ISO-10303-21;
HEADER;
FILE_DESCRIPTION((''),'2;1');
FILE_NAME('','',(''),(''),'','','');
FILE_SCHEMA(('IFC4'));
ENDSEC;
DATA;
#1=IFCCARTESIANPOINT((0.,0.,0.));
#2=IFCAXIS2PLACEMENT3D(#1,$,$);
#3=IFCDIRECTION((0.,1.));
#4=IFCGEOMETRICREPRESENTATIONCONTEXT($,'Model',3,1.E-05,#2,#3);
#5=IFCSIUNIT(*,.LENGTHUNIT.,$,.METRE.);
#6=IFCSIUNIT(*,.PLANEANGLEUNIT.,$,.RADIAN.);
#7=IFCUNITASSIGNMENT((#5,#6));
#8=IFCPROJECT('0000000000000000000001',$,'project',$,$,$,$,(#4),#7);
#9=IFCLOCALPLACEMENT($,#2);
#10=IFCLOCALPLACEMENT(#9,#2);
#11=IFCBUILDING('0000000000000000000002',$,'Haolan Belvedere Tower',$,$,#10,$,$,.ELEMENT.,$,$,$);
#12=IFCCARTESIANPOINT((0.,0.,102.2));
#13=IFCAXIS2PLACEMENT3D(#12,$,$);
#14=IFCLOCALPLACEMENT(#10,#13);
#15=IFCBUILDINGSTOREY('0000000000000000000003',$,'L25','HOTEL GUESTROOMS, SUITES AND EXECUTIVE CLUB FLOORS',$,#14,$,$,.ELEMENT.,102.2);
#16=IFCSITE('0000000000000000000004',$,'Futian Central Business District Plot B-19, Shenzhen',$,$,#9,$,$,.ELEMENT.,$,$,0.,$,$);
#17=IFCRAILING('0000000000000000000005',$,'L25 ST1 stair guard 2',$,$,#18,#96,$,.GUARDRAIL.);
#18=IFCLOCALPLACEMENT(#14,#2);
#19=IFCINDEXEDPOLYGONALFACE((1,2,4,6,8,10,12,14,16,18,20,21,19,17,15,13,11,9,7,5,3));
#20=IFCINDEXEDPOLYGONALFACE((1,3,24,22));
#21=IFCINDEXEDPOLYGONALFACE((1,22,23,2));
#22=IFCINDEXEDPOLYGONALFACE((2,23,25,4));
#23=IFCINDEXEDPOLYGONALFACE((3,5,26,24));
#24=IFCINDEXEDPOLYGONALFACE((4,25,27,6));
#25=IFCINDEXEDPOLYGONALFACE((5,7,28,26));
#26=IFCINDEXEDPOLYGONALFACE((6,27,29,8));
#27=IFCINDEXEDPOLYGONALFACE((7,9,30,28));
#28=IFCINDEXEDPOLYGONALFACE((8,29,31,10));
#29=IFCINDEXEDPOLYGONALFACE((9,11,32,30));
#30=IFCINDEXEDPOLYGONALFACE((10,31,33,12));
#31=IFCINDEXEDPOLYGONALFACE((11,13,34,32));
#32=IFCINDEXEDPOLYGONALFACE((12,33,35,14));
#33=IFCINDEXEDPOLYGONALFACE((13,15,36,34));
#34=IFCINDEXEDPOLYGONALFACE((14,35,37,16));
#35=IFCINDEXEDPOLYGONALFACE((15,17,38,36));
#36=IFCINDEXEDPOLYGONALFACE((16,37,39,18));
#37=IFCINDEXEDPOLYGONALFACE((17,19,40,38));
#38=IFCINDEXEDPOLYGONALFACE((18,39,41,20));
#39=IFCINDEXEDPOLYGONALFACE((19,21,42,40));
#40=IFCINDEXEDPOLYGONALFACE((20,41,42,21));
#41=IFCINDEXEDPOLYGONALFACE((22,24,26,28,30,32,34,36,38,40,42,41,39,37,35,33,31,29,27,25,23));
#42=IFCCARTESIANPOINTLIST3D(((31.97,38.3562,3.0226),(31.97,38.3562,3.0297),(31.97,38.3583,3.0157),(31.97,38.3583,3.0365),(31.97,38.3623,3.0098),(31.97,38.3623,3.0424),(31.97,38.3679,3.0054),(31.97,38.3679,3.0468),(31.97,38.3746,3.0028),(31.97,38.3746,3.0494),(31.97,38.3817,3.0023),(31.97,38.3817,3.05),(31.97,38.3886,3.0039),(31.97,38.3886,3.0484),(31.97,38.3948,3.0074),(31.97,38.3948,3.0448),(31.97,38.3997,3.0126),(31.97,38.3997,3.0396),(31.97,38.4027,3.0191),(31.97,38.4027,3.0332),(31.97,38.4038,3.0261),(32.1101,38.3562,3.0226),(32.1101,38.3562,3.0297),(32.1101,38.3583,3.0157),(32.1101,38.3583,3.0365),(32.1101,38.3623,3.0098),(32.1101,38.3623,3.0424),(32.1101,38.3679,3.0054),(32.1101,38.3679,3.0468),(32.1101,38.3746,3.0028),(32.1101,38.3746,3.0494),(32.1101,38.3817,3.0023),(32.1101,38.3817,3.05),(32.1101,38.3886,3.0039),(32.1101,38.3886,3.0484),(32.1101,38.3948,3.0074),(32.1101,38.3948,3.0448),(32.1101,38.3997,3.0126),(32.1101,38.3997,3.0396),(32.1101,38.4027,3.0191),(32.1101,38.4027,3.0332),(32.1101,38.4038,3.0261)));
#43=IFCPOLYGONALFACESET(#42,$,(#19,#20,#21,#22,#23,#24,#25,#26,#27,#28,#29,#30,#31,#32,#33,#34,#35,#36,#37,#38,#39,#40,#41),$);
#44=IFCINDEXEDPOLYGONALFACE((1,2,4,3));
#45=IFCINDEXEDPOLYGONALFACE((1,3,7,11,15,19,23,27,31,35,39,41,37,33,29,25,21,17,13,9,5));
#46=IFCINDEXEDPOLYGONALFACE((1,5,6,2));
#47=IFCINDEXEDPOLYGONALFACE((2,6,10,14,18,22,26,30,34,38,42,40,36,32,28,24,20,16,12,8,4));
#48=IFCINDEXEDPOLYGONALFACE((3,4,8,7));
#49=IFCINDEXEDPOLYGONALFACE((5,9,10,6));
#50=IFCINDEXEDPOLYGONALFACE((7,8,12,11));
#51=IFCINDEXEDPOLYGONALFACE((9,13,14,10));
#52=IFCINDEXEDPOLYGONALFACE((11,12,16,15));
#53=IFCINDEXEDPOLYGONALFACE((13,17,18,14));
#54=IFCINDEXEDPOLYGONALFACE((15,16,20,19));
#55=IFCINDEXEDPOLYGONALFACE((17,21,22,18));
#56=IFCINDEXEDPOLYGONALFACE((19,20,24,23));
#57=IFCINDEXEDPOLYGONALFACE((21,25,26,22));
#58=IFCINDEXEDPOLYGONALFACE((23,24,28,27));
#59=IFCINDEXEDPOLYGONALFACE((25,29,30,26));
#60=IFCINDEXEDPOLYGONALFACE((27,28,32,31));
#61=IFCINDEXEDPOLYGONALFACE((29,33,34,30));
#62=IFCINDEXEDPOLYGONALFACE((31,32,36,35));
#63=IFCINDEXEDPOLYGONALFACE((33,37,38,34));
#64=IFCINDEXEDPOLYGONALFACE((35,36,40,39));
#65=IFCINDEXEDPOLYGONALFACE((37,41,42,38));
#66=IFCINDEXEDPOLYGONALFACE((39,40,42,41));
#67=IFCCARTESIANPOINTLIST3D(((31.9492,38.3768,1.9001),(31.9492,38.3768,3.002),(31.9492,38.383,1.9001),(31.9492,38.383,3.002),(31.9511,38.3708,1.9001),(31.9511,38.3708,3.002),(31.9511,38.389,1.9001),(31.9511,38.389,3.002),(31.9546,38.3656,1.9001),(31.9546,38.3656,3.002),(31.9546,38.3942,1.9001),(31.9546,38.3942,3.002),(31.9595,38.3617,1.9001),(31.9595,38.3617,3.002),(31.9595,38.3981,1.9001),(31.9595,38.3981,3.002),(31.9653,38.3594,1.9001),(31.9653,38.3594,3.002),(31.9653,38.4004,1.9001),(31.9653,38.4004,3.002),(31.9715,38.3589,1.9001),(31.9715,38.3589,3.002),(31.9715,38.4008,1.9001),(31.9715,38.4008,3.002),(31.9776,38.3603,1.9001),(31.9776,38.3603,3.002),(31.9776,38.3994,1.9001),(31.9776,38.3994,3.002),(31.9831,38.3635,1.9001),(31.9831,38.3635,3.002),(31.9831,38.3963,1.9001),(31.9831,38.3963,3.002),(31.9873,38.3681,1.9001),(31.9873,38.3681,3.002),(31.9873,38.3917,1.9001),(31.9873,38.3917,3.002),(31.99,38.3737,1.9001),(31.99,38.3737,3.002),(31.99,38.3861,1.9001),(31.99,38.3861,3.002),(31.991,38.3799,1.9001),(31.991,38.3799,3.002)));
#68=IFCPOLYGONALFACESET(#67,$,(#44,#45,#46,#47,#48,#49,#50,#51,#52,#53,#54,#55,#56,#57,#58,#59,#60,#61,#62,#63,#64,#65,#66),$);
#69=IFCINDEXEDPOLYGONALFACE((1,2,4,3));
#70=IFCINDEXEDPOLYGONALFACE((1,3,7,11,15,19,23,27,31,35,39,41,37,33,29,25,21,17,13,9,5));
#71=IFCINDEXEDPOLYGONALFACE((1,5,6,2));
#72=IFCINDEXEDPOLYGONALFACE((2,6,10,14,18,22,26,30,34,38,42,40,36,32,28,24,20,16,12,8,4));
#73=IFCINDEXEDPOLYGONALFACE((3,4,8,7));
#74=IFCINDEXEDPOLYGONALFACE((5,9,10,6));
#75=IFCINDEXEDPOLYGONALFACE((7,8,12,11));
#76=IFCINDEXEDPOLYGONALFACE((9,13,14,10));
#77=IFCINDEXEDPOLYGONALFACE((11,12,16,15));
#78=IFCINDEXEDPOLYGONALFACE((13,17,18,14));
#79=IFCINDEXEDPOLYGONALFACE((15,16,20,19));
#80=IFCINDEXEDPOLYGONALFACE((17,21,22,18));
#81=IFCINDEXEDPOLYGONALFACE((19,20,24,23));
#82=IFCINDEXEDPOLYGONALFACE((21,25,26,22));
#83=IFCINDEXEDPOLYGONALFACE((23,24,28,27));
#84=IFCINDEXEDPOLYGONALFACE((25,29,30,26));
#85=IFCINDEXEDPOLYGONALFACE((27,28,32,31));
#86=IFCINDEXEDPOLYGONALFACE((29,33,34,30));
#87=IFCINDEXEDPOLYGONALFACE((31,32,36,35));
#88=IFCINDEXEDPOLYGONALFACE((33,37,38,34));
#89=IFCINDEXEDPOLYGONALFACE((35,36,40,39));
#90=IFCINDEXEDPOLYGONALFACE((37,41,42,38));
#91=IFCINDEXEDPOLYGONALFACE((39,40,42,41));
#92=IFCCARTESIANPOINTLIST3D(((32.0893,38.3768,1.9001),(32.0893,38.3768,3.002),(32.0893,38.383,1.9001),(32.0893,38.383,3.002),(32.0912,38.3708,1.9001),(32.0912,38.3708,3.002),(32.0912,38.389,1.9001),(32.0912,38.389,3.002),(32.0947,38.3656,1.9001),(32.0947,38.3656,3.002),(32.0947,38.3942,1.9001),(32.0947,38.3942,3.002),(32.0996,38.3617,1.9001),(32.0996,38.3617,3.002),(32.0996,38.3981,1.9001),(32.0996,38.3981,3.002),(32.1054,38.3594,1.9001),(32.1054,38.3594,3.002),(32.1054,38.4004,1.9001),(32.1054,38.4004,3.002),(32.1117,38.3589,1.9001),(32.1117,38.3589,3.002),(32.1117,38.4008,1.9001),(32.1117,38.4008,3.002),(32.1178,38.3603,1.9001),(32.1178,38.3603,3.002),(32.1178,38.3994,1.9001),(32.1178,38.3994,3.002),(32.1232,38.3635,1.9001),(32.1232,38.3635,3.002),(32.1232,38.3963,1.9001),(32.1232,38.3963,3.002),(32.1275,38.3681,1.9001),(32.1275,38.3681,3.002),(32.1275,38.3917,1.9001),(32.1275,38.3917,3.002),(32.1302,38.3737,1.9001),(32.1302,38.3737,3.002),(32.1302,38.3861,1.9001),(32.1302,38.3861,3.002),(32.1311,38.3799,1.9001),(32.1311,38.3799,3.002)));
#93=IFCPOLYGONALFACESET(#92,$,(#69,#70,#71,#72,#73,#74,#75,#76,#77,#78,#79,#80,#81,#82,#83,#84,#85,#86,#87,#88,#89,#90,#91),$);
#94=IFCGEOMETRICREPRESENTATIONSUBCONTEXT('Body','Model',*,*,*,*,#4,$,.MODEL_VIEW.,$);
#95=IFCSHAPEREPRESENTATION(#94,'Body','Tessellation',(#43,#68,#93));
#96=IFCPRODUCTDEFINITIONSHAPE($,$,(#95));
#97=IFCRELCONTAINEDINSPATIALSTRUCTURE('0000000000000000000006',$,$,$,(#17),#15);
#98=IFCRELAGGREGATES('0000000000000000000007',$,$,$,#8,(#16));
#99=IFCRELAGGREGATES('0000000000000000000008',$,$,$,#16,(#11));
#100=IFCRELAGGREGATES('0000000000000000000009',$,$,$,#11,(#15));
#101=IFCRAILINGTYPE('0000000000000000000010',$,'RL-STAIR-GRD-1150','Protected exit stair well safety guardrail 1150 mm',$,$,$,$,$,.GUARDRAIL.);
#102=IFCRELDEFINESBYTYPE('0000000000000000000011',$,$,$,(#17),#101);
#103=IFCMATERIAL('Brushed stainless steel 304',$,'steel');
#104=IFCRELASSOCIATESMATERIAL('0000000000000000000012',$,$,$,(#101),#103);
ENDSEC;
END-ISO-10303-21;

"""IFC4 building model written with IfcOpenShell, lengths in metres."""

from ifc_helpers import new_model, si_unit, direction, frame, origin, origin_2d, place, context, subcontext, project, spatial, circle, extrude, material, type_object, element, save


model = new_model("IFC4")

# Units and contexts
model_context = context("Model", 3, precision=1e-05, world=origin(), true_north=direction((0.0, 1.0)))
body_context = subcontext(model_context, "Body", "Model", "MODEL_VIEW")
ifc_project = project(units=[si_unit("LENGTHUNIT", "METRE"), si_unit("PLANEANGLEUNIT", "RADIAN")], contexts=[model_context])

# Site, building, storey
site_placement = place(None, origin())
site = spatial("IfcSite", under=ifc_project, at=site_placement, Name="Futian Central Business District Plot B-19, Shenzhen", CompositionType="ELEMENT", RefElevation=0.0)
building_placement = place(site_placement, origin())
building = spatial("IfcBuilding", under=site, at=building_placement, Name="Haolan Belvedere Tower", CompositionType="ELEMENT")
storey_placement = place(building_placement, frame((0.0, 0.0, 102.2)))
storey = spatial("IfcBuildingStorey", under=building, at=storey_placement, Name="L25", Description="HOTEL GUESTROOMS, SUITES AND EXECUTIVE CLUB FLOORS", CompositionType="ELEMENT", Elevation=102.2)

# Railing
ifc_material_1 = material(Name="Brushed stainless steel 304", Category="steel")
railing_type_1 = type_object("IfcRailingType", Name="RL-STAIR-GRD-1150", Description="Protected exit stair well safety guardrail 1150 mm", PredefinedType="GUARDRAIL", material=ifc_material_1)
railing_1_placement = place(storey_placement, frame((31.97, 38.3799, 1.9001)))
element("IfcRailing", 1, at=railing_1_placement, inside=storey, type_object=railing_type_1, Name="L25 ST1 stair guard 2", PredefinedType="GUARDRAIL", context=body_context, shape_type="SweptSolid", body=[
    extrude(circle(Radius=0.0239, at=origin_2d()), frame((0.0, 0.0, 1.126), z_axis=(1.0, 0.0, 0.0), x_axis=(0.0, 1.0, 0.0)), (0.0, 0.0, 1.0), 0.1401),
    extrude(circle(Radius=0.021, at=origin_2d()), origin(), (0.0, 0.0, 1.0), 1.1018),
    extrude(circle(Radius=0.021, at=origin_2d()), frame((0.1401, 0.0, 0.0)), (0.0, 0.0, 1.0), 1.1018),
])

save(model, "model.ifc")
